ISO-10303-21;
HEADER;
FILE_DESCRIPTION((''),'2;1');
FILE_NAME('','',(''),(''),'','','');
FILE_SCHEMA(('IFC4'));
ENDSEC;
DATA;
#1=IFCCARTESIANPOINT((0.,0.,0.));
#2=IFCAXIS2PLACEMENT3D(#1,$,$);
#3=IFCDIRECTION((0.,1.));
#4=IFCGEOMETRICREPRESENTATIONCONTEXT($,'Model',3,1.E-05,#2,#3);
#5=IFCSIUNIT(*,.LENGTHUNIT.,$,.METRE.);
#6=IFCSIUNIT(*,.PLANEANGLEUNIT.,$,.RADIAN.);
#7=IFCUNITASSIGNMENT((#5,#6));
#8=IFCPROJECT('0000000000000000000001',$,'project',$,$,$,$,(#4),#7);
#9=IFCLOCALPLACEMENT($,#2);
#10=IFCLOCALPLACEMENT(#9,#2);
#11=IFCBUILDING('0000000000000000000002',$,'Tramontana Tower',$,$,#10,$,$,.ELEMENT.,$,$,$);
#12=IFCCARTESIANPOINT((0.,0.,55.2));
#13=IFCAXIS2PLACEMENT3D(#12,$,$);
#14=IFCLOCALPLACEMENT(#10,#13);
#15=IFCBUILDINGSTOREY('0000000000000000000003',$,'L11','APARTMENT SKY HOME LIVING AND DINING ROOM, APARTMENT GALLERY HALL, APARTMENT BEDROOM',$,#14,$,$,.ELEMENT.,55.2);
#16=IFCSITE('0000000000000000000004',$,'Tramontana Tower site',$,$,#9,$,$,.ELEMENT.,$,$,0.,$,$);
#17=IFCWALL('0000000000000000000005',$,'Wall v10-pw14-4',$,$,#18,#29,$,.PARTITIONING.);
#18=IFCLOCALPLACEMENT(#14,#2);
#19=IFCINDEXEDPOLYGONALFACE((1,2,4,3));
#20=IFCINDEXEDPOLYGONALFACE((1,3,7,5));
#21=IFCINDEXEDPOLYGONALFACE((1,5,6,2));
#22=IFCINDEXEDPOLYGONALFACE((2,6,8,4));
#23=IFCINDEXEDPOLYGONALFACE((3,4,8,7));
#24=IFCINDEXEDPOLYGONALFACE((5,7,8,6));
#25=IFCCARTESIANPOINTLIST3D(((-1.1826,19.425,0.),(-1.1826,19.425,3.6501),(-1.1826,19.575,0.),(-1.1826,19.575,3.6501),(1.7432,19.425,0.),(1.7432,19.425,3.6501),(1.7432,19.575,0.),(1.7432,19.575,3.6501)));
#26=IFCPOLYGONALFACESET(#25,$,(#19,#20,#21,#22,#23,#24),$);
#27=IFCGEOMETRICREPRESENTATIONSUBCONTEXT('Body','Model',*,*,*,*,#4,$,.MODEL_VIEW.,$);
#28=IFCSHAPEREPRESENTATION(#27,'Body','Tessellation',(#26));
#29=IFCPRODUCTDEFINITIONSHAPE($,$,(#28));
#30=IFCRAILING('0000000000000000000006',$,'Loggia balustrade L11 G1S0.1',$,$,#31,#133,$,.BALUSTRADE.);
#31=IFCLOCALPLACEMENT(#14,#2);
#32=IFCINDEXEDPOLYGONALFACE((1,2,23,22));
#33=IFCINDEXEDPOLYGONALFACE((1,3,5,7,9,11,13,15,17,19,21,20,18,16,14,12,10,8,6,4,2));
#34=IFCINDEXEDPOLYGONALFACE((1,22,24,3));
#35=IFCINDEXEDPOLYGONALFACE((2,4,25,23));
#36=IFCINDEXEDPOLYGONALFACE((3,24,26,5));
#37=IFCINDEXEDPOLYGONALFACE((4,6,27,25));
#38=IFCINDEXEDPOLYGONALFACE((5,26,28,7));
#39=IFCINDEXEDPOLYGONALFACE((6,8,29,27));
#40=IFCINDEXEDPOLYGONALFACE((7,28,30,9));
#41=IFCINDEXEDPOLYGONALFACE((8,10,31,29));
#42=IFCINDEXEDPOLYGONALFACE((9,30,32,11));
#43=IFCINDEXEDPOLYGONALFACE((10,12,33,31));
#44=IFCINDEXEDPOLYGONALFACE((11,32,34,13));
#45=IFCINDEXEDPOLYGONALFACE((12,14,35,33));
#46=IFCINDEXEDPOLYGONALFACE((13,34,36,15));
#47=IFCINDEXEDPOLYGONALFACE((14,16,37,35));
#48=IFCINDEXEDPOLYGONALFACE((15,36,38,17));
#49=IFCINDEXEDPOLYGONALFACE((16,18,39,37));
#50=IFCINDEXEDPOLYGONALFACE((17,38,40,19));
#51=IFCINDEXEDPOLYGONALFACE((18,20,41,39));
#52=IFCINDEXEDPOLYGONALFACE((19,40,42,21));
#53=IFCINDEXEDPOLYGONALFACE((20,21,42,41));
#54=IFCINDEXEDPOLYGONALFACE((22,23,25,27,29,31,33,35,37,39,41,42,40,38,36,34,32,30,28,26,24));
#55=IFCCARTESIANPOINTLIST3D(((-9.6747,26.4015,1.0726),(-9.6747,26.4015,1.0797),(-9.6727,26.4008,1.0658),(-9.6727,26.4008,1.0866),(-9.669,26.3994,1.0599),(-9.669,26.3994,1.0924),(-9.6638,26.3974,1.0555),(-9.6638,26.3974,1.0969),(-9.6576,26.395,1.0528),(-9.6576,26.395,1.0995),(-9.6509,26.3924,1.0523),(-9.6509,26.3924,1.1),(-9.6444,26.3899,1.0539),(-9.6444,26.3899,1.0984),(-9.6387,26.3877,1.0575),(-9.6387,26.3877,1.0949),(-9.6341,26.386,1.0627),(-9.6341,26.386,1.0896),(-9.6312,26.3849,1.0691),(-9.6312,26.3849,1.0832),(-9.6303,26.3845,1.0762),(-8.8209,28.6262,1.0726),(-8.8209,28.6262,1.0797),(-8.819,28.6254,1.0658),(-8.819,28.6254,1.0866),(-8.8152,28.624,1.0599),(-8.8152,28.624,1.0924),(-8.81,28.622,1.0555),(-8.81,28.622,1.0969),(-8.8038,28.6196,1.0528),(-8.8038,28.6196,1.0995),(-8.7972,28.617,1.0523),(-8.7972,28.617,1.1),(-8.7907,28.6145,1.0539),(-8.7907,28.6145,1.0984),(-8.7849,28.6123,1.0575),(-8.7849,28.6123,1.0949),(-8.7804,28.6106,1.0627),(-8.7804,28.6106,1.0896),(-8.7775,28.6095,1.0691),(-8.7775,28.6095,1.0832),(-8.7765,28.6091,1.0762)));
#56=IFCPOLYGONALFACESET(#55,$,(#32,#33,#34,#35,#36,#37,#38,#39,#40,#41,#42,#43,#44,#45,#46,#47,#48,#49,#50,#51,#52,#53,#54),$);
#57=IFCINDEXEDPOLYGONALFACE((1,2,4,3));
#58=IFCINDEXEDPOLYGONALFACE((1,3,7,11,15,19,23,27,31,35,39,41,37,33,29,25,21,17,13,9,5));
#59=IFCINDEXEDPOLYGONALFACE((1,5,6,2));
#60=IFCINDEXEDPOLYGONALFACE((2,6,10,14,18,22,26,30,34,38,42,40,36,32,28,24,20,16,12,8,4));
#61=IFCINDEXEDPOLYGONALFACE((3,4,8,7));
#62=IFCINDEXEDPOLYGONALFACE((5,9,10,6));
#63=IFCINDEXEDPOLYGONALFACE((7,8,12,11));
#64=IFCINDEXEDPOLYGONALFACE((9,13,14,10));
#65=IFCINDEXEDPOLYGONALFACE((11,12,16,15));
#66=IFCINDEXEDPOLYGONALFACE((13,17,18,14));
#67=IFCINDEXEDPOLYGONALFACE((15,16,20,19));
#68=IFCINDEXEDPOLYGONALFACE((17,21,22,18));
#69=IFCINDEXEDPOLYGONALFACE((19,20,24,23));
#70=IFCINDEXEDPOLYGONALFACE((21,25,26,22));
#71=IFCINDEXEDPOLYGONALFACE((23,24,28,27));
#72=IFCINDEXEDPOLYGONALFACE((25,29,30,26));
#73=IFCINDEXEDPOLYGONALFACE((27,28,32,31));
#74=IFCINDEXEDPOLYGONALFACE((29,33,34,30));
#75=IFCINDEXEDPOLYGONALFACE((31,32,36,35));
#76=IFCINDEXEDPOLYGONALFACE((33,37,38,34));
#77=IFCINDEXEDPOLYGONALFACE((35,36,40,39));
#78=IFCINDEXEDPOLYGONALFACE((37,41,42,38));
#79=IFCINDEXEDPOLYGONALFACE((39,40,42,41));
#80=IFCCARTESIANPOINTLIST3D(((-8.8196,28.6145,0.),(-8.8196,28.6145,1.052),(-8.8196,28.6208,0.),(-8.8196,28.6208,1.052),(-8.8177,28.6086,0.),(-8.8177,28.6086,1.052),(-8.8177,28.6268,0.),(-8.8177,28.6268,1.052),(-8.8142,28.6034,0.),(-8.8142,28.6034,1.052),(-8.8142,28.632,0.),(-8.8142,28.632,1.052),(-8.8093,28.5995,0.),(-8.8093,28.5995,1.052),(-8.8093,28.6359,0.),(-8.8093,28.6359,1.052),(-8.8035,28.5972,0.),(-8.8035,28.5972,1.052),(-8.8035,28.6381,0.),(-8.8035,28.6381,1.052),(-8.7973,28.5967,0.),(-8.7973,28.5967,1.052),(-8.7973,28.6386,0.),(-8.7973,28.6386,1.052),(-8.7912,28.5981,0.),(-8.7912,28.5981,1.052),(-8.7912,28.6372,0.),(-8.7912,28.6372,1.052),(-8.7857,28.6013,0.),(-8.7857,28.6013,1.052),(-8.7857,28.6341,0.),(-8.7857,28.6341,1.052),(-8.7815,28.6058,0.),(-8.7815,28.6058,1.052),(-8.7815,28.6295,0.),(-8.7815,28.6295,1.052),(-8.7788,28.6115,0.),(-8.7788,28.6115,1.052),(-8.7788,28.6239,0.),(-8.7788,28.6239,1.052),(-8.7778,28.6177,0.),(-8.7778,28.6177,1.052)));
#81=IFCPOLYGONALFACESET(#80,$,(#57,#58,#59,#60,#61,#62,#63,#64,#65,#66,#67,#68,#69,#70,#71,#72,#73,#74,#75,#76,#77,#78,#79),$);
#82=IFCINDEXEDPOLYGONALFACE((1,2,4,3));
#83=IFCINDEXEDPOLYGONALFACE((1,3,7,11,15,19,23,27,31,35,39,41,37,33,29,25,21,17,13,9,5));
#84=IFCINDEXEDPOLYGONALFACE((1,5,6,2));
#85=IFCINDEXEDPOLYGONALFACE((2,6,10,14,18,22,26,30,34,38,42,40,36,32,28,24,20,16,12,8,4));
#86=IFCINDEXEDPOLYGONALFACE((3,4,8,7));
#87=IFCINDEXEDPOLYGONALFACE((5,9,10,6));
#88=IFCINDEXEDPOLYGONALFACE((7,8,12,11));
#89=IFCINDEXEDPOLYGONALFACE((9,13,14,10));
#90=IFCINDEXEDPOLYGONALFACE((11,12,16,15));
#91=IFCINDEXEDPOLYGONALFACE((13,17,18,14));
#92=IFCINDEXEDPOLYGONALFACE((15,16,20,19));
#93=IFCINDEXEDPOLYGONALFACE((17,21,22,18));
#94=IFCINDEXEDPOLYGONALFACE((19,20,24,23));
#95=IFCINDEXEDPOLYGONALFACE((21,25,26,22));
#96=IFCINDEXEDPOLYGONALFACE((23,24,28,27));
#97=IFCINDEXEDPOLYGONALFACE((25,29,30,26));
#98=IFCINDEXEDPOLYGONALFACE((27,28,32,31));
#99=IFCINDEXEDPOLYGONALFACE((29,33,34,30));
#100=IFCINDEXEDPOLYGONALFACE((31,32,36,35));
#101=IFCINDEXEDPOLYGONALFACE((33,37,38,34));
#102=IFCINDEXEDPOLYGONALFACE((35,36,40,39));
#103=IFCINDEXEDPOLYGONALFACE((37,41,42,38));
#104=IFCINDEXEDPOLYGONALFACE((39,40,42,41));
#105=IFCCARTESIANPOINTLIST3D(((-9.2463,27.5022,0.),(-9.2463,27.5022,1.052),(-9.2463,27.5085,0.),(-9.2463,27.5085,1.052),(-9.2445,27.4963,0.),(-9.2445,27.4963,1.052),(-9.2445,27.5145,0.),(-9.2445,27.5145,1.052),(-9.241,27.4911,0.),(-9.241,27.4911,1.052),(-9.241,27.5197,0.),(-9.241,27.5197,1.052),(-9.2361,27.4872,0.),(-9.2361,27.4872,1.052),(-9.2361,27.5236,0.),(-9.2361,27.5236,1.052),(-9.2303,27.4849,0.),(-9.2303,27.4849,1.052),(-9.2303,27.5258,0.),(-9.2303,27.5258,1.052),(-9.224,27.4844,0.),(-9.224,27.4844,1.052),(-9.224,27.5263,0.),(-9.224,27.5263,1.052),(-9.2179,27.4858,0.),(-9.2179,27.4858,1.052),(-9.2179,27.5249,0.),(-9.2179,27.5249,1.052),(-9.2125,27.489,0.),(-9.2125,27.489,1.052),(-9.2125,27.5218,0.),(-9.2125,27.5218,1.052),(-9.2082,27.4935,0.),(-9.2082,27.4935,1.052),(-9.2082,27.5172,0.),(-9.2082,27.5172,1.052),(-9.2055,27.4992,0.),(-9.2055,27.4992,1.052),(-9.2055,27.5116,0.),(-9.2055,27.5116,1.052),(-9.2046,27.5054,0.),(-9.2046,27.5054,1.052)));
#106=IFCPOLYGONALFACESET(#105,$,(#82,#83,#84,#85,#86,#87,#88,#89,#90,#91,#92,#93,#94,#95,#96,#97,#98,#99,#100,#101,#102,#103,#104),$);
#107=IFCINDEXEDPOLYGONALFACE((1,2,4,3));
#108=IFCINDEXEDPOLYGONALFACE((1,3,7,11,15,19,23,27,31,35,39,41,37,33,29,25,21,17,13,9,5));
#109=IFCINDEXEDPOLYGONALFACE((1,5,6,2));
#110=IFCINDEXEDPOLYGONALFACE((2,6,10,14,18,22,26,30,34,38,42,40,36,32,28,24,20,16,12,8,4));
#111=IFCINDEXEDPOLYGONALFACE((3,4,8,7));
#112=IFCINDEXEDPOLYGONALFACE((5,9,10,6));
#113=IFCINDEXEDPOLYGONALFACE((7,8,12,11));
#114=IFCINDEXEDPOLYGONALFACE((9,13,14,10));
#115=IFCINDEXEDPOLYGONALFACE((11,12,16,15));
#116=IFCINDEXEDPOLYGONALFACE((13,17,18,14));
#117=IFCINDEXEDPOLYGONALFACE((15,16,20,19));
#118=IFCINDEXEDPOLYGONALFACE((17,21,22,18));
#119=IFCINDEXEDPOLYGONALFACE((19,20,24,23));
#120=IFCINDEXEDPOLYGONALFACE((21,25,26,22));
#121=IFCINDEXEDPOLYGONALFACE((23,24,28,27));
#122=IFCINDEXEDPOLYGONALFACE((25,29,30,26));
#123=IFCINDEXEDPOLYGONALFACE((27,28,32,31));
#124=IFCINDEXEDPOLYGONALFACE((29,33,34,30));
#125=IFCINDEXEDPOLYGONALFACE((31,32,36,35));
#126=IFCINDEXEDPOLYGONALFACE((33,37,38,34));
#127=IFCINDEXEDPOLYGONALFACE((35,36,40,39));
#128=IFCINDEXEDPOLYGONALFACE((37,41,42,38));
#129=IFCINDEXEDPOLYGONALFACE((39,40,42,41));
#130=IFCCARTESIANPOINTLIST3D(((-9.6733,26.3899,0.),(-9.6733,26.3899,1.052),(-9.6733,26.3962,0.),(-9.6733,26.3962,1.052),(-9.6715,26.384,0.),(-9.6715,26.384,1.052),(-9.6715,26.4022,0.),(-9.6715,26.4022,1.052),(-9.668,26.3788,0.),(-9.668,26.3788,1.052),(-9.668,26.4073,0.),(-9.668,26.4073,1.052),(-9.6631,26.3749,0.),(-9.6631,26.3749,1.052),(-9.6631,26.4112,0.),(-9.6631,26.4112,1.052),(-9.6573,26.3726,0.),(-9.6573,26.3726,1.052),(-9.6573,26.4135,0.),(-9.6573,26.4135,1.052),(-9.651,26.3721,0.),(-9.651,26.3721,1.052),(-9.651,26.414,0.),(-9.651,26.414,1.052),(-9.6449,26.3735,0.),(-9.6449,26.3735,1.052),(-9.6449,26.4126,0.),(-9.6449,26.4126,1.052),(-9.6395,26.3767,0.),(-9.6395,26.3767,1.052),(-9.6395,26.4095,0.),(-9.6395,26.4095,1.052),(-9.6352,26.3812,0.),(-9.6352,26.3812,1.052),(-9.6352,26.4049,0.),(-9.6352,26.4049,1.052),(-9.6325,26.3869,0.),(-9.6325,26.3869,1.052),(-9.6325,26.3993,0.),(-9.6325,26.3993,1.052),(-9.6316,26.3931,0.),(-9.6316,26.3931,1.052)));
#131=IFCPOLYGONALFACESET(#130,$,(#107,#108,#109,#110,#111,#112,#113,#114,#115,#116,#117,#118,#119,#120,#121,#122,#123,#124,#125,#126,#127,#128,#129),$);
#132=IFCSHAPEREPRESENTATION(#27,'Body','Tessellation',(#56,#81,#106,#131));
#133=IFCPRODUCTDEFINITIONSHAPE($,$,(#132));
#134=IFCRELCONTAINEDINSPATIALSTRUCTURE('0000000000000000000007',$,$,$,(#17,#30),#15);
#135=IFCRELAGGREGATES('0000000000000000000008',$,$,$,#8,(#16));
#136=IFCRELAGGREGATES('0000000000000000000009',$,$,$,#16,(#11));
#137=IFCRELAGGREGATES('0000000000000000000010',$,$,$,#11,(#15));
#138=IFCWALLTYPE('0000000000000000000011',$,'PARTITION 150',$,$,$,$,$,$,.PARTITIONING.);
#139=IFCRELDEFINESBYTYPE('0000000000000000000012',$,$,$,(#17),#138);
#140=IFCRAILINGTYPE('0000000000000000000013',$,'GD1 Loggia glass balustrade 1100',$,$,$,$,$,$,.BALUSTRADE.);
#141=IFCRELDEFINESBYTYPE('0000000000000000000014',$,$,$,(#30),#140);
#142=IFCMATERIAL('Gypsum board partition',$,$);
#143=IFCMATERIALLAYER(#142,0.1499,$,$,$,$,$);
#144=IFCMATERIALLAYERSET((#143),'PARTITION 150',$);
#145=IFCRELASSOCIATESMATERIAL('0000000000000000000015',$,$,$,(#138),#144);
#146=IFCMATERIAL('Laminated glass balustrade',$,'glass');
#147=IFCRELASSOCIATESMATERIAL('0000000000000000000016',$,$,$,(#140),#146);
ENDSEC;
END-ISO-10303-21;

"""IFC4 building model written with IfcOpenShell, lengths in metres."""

from ifc_helpers import new_model, si_unit, direction, frame, frame_2d, origin, origin_2d, place, context, subcontext, project, spatial, rectangle, circle, extrude, material, layer, layer_set, type_object, element, save


model = new_model("IFC4")

# Units and contexts
model_context = context("Model", 3, precision=1e-05, world=origin(), true_north=direction((0.0, 1.0)))
body_context = subcontext(model_context, "Body", "Model", "MODEL_VIEW")
ifc_project = project(units=[si_unit("LENGTHUNIT", "METRE"), si_unit("PLANEANGLEUNIT", "RADIAN")], contexts=[model_context])

# Site, building, storey
site_placement = place(None, origin())
site = spatial("IfcSite", under=ifc_project, at=site_placement, Name="Tramontana Tower site", CompositionType="ELEMENT", RefElevation=0.0)
building_placement = place(site_placement, origin())
building = spatial("IfcBuilding", under=site, at=building_placement, Name="Tramontana Tower", CompositionType="ELEMENT")
storey_placement = place(building_placement, frame((0.0, 0.0, 55.2)))
storey = spatial("IfcBuildingStorey", under=building, at=storey_placement, Name="L11", Description="APARTMENT SKY HOME LIVING AND DINING ROOM, APARTMENT GALLERY HALL, APARTMENT BEDROOM", CompositionType="ELEMENT", Elevation=55.2)

# Shared definitions
ifc_material_1 = material(Name="Gypsum board partition")
ifc_layer_1 = layer(ifc_material_1, 0.1499)
ifc_layer_set_1 = layer_set([ifc_layer_1], Name="PARTITION 150")
wall_type_1 = type_object("IfcWallType", Name="PARTITION 150", PredefinedType="PARTITIONING", material=ifc_layer_set_1)

# Wall
wall_1_placement = place(storey_placement, frame((-1.1826, 19.5, 0.0), z_axis=(0.0, 0.0, 1.0), x_axis=(1.0, 0.0, 0.0)))
element("IfcWall", 1, at=wall_1_placement, inside=storey, type_object=wall_type_1, Name="Wall v10-pw14-4", PredefinedType="PARTITIONING", context=body_context, shape_type="SweptSolid", body=[
    extrude(rectangle(XDim=2.9258, YDim=0.1499, at=frame_2d((1.4629, 0.0))), origin(), (0.0, 0.0, 1.0), 3.6501),
])

# Railing
ifc_material_2 = material(Name="Laminated glass balustrade", Category="glass")
railing_type = type_object("IfcRailingType", Name="GD1 Loggia glass balustrade 1100", PredefinedType="BALUSTRADE", material=ifc_material_2)
railing_1_placement = place(storey_placement, frame((-8.7988, 28.6177, 0.0)))
element("IfcRailing", 2, at=railing_1_placement, inside=storey, type_object=railing_type, Name="Loggia balustrade L11 G1S0.1", PredefinedType="BALUSTRADE", context=body_context, shape_type="SweptSolid", body=[
    extrude(circle(Radius=0.0239, at=origin_2d()), frame((0.0, 0.0, 1.0762), z_axis=(-0.358299, -0.933607, 0.0), x_axis=(0.933607, -0.358299, 0.0)), (0.0, 0.0, 1.0), 2.3828),
    extrude(circle(Radius=0.021, at=origin_2d()), origin(), (0.0, 0.0, 1.0), 1.052),
    extrude(circle(Radius=0.021, at=origin_2d()), frame((-0.4268, -1.1123, 0.0)), (0.0, 0.0, 1.0), 1.052),
    extrude(circle(Radius=0.021, at=origin_2d()), frame((-0.8538, -2.2246, 0.0)), (0.0, 0.0, 1.0), 1.052),
])

save(model, "model.ifc")
